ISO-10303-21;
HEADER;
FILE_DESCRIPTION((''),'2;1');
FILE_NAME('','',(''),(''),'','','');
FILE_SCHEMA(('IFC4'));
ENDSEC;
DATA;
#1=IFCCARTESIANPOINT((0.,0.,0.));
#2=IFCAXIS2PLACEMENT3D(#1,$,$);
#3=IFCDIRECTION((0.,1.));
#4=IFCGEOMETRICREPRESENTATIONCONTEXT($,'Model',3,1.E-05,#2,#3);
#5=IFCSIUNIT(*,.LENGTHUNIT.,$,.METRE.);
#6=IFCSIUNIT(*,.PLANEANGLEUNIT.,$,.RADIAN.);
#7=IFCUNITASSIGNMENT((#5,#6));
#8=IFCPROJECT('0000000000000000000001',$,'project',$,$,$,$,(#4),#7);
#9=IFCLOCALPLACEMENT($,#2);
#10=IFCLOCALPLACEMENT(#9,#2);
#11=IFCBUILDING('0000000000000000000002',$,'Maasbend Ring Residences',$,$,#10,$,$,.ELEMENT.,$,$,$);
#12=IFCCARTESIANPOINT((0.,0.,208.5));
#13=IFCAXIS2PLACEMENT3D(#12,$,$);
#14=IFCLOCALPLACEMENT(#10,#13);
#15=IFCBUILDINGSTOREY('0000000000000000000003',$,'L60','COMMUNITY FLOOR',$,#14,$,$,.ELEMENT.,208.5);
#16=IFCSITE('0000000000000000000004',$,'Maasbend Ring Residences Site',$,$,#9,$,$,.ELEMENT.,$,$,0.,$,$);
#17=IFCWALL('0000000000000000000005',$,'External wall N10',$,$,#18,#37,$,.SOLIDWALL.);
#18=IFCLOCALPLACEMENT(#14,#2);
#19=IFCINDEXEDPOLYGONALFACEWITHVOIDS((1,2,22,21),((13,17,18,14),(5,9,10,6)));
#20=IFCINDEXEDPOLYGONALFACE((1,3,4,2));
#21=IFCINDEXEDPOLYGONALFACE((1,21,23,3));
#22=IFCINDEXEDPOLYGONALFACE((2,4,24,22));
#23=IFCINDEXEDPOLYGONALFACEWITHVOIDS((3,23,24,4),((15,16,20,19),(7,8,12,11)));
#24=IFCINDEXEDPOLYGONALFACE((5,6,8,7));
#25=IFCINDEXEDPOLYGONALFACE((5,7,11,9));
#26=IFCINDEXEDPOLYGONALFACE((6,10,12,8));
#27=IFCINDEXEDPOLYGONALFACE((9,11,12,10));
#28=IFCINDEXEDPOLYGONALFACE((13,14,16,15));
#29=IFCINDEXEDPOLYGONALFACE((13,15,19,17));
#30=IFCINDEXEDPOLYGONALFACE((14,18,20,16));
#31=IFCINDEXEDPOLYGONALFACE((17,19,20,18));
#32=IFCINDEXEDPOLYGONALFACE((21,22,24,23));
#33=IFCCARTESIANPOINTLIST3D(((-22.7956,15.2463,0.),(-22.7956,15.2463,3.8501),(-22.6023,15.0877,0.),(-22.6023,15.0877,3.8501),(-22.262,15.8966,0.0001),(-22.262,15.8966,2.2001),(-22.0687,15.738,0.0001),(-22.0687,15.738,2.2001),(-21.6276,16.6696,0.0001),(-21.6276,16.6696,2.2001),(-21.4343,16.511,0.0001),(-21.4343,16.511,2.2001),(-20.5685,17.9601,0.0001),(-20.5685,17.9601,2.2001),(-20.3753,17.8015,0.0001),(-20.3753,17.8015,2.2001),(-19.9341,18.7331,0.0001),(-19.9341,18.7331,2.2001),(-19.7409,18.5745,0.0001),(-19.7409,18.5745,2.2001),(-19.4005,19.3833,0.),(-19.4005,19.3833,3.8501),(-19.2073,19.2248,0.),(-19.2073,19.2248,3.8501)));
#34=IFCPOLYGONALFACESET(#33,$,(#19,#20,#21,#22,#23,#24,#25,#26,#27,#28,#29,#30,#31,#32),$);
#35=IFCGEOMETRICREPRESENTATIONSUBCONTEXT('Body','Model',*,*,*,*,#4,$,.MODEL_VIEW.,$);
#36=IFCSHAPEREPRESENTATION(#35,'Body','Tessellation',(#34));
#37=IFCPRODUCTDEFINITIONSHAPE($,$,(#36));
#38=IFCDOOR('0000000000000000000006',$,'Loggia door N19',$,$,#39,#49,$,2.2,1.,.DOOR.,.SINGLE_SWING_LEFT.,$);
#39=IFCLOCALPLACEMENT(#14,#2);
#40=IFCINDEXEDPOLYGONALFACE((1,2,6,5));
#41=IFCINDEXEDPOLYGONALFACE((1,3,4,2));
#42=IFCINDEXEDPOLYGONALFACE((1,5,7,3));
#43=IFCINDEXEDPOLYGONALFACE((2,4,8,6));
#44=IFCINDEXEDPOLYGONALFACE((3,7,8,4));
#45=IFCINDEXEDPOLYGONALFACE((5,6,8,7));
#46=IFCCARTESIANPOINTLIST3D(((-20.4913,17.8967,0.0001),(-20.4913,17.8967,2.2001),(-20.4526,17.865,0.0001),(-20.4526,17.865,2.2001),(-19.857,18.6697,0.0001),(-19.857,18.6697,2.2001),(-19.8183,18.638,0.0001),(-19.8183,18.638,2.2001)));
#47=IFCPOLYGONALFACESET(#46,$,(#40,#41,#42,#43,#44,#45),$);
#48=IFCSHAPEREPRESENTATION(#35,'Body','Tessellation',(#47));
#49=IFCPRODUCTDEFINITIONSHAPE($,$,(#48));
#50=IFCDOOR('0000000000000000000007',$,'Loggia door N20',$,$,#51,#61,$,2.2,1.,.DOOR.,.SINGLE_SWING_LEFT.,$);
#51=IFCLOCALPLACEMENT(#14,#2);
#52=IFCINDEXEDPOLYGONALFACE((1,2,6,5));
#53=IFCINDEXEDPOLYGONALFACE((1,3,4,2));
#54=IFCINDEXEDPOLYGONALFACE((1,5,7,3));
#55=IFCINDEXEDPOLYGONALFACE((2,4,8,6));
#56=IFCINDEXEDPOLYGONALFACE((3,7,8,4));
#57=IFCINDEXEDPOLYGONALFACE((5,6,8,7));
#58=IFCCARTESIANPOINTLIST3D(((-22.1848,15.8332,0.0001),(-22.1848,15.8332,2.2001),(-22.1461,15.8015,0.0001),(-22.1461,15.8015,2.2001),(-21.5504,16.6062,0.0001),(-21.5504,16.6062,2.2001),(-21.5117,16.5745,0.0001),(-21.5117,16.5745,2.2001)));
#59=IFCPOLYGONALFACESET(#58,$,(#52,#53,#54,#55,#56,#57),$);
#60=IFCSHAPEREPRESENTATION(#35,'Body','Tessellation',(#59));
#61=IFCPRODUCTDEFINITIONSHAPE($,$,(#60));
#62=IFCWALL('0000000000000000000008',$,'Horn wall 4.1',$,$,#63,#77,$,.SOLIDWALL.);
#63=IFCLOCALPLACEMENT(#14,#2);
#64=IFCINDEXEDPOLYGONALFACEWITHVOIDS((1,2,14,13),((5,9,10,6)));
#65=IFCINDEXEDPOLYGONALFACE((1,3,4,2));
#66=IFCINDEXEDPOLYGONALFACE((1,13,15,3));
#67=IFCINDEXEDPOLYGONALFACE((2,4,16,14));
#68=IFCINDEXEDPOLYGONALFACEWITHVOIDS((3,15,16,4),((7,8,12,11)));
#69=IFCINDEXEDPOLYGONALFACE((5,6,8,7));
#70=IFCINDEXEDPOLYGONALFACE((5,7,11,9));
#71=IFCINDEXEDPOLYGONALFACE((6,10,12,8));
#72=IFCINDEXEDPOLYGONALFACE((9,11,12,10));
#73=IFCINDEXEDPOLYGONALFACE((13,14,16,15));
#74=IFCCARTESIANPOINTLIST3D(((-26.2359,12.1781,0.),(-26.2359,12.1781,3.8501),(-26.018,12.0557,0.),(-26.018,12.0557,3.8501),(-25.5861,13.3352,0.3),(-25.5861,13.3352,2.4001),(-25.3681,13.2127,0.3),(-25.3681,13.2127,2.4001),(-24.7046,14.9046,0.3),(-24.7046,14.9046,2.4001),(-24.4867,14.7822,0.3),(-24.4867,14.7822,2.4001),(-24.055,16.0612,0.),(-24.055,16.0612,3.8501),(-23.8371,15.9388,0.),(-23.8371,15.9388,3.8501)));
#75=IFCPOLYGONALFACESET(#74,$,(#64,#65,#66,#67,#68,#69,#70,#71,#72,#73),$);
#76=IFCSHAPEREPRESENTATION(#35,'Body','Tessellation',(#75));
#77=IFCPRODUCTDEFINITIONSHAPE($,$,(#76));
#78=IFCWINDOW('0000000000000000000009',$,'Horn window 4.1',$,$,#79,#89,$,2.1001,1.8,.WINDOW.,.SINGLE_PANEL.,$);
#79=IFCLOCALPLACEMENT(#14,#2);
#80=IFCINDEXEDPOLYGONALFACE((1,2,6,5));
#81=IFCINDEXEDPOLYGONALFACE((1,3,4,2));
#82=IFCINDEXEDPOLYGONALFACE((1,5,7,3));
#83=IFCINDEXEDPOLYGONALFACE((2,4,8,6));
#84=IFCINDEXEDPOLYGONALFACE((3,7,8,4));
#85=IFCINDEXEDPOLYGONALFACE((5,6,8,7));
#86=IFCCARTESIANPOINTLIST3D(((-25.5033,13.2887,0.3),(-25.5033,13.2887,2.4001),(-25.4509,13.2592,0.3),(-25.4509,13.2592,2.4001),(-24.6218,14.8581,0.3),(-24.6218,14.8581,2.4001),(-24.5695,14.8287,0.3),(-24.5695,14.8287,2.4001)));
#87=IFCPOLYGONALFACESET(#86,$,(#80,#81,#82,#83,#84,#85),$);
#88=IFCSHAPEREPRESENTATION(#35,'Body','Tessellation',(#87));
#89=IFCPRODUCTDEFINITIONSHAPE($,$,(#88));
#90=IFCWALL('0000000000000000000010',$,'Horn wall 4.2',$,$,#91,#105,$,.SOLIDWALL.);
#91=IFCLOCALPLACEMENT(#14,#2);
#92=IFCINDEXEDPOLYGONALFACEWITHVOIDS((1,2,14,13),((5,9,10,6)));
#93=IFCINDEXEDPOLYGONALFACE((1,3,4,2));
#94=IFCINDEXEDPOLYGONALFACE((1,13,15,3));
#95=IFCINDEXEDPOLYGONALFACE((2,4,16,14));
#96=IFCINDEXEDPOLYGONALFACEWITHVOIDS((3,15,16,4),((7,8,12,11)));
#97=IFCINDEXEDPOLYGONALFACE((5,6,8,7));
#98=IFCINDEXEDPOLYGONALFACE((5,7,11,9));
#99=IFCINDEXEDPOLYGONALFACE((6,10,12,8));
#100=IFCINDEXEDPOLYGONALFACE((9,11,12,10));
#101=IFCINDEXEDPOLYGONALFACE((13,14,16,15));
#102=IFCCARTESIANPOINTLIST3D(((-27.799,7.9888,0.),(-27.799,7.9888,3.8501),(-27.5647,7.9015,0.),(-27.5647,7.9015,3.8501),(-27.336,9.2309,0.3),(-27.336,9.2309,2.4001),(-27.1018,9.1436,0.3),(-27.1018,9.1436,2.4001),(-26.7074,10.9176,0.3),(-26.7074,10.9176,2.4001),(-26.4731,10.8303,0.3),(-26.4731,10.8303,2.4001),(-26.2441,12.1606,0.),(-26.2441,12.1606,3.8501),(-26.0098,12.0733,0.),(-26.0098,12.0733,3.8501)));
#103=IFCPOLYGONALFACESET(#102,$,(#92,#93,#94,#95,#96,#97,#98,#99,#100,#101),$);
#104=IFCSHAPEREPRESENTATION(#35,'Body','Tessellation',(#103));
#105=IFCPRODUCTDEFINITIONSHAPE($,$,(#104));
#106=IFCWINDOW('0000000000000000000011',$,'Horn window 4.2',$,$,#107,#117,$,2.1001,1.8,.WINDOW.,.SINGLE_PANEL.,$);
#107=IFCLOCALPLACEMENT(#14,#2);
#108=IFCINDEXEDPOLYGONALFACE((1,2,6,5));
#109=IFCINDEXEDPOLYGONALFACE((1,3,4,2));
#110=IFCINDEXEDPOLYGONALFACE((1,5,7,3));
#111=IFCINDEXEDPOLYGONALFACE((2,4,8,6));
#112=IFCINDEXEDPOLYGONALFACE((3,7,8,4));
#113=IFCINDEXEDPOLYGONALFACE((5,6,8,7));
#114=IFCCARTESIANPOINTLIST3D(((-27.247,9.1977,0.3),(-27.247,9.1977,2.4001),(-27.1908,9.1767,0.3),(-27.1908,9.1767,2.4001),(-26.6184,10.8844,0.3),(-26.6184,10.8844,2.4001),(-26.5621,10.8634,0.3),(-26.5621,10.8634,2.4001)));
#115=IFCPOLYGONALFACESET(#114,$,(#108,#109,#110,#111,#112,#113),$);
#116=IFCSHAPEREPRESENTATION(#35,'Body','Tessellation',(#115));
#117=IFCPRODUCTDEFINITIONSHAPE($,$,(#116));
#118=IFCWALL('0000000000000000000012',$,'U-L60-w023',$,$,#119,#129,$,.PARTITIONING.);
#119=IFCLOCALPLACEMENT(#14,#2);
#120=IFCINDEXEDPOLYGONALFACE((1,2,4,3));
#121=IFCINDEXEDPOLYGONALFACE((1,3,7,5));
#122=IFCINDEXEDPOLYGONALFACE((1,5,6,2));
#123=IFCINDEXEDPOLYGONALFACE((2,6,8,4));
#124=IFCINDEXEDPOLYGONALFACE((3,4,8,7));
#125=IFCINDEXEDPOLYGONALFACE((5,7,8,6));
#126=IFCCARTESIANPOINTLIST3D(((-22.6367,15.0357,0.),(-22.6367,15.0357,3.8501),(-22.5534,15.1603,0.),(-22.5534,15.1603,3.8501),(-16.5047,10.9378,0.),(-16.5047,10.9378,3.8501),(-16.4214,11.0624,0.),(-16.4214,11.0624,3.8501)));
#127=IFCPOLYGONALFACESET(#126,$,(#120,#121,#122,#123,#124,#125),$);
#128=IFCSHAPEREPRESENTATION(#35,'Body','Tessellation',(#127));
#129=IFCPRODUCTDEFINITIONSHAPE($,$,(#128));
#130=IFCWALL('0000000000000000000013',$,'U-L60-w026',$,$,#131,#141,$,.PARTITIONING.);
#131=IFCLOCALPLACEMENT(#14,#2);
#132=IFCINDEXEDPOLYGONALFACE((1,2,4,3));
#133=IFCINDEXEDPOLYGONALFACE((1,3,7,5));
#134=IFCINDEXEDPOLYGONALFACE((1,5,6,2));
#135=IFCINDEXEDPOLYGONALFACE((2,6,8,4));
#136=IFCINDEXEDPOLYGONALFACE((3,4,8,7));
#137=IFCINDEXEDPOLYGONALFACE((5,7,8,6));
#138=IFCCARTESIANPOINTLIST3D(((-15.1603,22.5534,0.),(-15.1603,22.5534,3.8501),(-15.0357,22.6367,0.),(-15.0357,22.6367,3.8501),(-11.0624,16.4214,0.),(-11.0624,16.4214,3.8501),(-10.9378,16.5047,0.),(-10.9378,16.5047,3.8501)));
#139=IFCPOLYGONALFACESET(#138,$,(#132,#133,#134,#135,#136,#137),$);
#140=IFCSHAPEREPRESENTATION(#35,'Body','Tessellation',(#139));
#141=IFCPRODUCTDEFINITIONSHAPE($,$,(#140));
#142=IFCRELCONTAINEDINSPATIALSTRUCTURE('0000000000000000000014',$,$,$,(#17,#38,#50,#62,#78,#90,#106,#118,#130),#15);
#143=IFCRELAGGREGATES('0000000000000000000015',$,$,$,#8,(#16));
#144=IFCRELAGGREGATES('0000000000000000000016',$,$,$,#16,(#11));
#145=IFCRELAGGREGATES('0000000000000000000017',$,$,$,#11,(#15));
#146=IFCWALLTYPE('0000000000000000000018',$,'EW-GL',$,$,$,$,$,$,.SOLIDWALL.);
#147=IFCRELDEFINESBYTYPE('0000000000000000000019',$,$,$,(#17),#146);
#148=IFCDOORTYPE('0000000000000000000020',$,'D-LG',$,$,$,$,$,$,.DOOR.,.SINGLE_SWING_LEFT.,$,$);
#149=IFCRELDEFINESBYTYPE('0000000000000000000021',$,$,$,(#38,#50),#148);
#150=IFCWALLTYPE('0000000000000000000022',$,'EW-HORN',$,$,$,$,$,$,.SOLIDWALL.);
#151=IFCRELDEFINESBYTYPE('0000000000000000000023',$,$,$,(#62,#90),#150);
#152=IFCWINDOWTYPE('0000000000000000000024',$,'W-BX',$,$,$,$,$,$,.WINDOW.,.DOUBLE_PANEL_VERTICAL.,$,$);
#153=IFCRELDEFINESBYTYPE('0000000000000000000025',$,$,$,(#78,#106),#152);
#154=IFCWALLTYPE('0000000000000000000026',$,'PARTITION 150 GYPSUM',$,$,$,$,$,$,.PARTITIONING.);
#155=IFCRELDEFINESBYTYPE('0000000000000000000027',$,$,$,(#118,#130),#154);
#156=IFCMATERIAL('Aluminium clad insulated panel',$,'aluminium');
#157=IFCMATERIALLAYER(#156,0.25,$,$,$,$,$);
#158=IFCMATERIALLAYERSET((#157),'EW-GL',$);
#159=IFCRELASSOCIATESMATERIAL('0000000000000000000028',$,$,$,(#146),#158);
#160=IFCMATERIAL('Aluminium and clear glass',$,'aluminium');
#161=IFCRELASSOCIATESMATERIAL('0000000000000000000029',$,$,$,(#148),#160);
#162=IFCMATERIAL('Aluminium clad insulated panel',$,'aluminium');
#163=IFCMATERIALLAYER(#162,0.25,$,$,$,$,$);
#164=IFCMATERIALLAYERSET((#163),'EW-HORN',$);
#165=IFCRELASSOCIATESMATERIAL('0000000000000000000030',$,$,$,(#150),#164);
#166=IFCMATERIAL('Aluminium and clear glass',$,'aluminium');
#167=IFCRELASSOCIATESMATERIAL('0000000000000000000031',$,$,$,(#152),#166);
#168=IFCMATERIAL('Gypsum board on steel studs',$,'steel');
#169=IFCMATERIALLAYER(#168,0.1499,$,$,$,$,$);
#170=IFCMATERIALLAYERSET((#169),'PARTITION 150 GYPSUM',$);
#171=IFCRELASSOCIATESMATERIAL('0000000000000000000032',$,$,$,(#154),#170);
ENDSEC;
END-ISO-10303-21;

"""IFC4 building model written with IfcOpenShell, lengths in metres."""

from ifc_helpers import new_model, si_unit, direction, frame, frame_2d, origin, place, context, subcontext, project, spatial, rectangle, extrude, material, layer, layer_set, type_object, element, fill, save


model = new_model("IFC4")

# Units and contexts
model_context = context("Model", 3, precision=1e-05, world=origin(), true_north=direction((0.0, 1.0)))
body_context = subcontext(model_context, "Body", "Model", "MODEL_VIEW")
ifc_project = project(units=[si_unit("LENGTHUNIT", "METRE"), si_unit("PLANEANGLEUNIT", "RADIAN")], contexts=[model_context])

# Site, building, storey
site_placement = place(None, origin())
site = spatial("IfcSite", under=ifc_project, at=site_placement, Name="Maasbend Ring Residences Site", CompositionType="ELEMENT", RefElevation=0.0)
building_placement = place(site_placement, origin())
building = spatial("IfcBuilding", under=site, at=building_placement, Name="Maasbend Ring Residences", CompositionType="ELEMENT")
storey_placement = place(building_placement, frame((0.0, 0.0, 208.5)))
storey = spatial("IfcBuildingStorey", under=building, at=storey_placement, Name="L60", Description="COMMUNITY FLOOR", CompositionType="ELEMENT", Elevation=208.5)

# Wall, openings, doors
ifc_material_1 = material(Name="Aluminium clad insulated panel", Category="aluminium")
ifc_layer_1 = layer(ifc_material_1, 0.25)
ifc_layer_set_1 = layer_set([ifc_layer_1], Name="EW-GL")
wall_type_1 = type_object("IfcWallType", Name="EW-GL", PredefinedType="SOLIDWALL", material=ifc_layer_set_1)
ifc_material_2 = material(Name="Aluminium and clear glass", Category="aluminium")
door_type_1 = type_object("IfcDoorType", Name="D-LG", OperationType="SINGLE_SWING_LEFT", PredefinedType="DOOR", material=ifc_material_2)
wall_1_placement = place(storey_placement, frame((-19.304, 19.304, 0.0), z_axis=(0.0, 0.0, 1.0), x_axis=(-0.634382, -0.773019, 0.0)))
wall_1 = element("IfcWall", 1, at=wall_1_placement, inside=storey, type_object=wall_type_1, Name="External wall N10", PredefinedType="SOLIDWALL", context=body_context, shape_type="SweptSolid", body=[
    extrude(rectangle(XDim=5.3518, YDim=0.25, at=frame_2d((2.6758, 0.0))), origin(), (0.0, 0.0, 1.0), 3.8501),
])
opening_1_placement = place(wall_1_placement, frame((0.8411, 0.0, 0.0)))
opening_1 = element("IfcOpeningElement", 2, at=opening_1_placement, cuts=wall_1, PredefinedType="OPENING", context=body_context, shape_type="SweptSolid", body=[
    extrude(rectangle(XDim=1.0, YDim=2.2, at=frame_2d((0.5, 1.1001))), frame((0.0, 0.135, 0.0), z_axis=(0.0, -1.0, 0.0), x_axis=(1.0, 0.0, 0.0)), (0.0, 0.0, 1.0), 0.27),
])
opening_2_placement = place(wall_1_placement, frame((3.5105, 0.0, 0.0)))
opening_2 = element("IfcOpeningElement", 3, at=opening_2_placement, cuts=wall_1, PredefinedType="OPENING", context=body_context, shape_type="SweptSolid", body=[
    extrude(rectangle(XDim=1.0, YDim=2.2, at=frame_2d((0.5, 1.1001))), frame((0.0, 0.135, 0.0), z_axis=(0.0, -1.0, 0.0), x_axis=(1.0, 0.0, 0.0)), (0.0, 0.0, 1.0), 0.27),
])
door_1_placement = place(opening_1_placement, origin())
door_1 = element("IfcDoor", 4, at=door_1_placement, inside=storey, type_object=door_type_1, Name="Loggia door N19", OperationType="SINGLE_SWING_LEFT", OverallHeight=2.2, OverallWidth=1.0, PredefinedType="DOOR", context=body_context, shape_type="SweptSolid", body=[
    extrude(rectangle(XDim=1.0, YDim=2.2, at=frame_2d((0.5, 1.1001))), frame((0.0, 0.0249, 0.0), z_axis=(0.0, -1.0, 0.0), x_axis=(1.0, 0.0, 0.0)), (0.0, 0.0, 1.0), 0.05),
])
fill(opening_1, door_1)
door_2_placement = place(opening_2_placement, origin())
door_2 = element("IfcDoor", 5, at=door_2_placement, inside=storey, type_object=door_type_1, Name="Loggia door N20", OperationType="SINGLE_SWING_LEFT", OverallHeight=2.2, OverallWidth=1.0, PredefinedType="DOOR", context=body_context, shape_type="SweptSolid", body=[
    extrude(rectangle(XDim=1.0, YDim=2.2, at=frame_2d((0.5, 1.1001))), frame((0.0, 0.0249, 0.0), z_axis=(0.0, -1.0, 0.0), x_axis=(1.0, 0.0, 0.0)), (0.0, 0.0, 1.0), 0.05),
])
fill(opening_2, door_2)

# Walls, openings, windows
ifc_material_3 = material(Name="Aluminium clad insulated panel", Category="aluminium")
ifc_layer_2 = layer(ifc_material_3, 0.25)
ifc_layer_set_2 = layer_set([ifc_layer_2], Name="EW-HORN")
wall_type_2 = type_object("IfcWallType", Name="EW-HORN", PredefinedType="SOLIDWALL", material=ifc_layer_set_2)
wall_2_placement = place(storey_placement, frame((-23.946, 16.0, 0.0), z_axis=(0.0, 0.0, 1.0), x_axis=(-0.489696, -0.871893, 0.0)))
wall_2 = element("IfcWall", 6, at=wall_2_placement, inside=storey, type_object=wall_type_2, Name="Horn wall 4.1", PredefinedType="SOLIDWALL", context=body_context, shape_type="SweptSolid", body=[
    extrude(rectangle(XDim=4.4536, YDim=0.25, at=frame_2d((2.2268, 0.0))), origin(), (0.0, 0.0, 1.0), 3.8501),
])
opening_3_placement = place(wall_2_placement, frame((1.3267, 0.0, 0.3)))
opening_3 = element("IfcOpeningElement", 7, at=opening_3_placement, cuts=wall_2, PredefinedType="OPENING", context=body_context, shape_type="SweptSolid", body=[
    extrude(rectangle(XDim=1.8, YDim=2.1001, at=frame_2d((0.8999, 1.05))), frame((0.0, 0.135, 0.0), z_axis=(0.0, -1.0, 0.0), x_axis=(1.0, 0.0, 0.0)), (0.0, 0.0, 1.0), 0.27),
])
ifc_material_4 = material(Name="Aluminium and clear glass", Category="aluminium")
window_type = type_object("IfcWindowType", Name="W-BX", PartitioningType="DOUBLE_PANEL_VERTICAL", PredefinedType="WINDOW", material=ifc_material_4)
window_1_placement = place(opening_3_placement, origin())
window_1 = element("IfcWindow", 8, at=window_1_placement, inside=storey, type_object=window_type, Name="Horn window 4.1", OverallHeight=2.1001, OverallWidth=1.8, PartitioningType="SINGLE_PANEL", PredefinedType="WINDOW", context=body_context, shape_type="SweptSolid", body=[
    extrude(rectangle(XDim=1.8, YDim=2.1001, at=frame_2d((0.8999, 1.05))), frame((0.0, 0.03, 0.0), z_axis=(0.0, -1.0, 0.0), x_axis=(1.0, 0.0, 0.0)), (0.0, 0.0, 1.0), 0.0601),
])
fill(opening_3, window_1)
wall_3_placement = place(storey_placement, frame((-26.127, 12.1169, 0.0), z_axis=(0.0, 0.0, 1.0), x_axis=(-0.349248, -0.93703, 0.0)))
wall_3 = element("IfcWall", 9, at=wall_3_placement, inside=storey, type_object=wall_type_2, Name="Horn wall 4.2", PredefinedType="SOLIDWALL", context=body_context, shape_type="SweptSolid", body=[
    extrude(rectangle(XDim=4.4521, YDim=0.25, at=frame_2d((2.2261, 0.0))), origin(), (0.0, 0.0, 1.0), 3.8501),
])
opening_4_placement = place(wall_3_placement, frame((1.3267, 0.0, 0.3)))
opening_4 = element("IfcOpeningElement", 10, at=opening_4_placement, cuts=wall_3, PredefinedType="OPENING", context=body_context, shape_type="SweptSolid", body=[
    extrude(rectangle(XDim=1.8, YDim=2.1001, at=frame_2d((0.8999, 1.05))), frame((0.0, 0.135, 0.0), z_axis=(0.0, -1.0, 0.0), x_axis=(1.0, 0.0, 0.0)), (0.0, 0.0, 1.0), 0.27),
])
window_2_placement = place(opening_4_placement, origin())
window_2 = element("IfcWindow", 11, at=window_2_placement, inside=storey, type_object=window_type, Name="Horn window 4.2", OverallHeight=2.1001, OverallWidth=1.8, PartitioningType="SINGLE_PANEL", PredefinedType="WINDOW", context=body_context, shape_type="SweptSolid", body=[
    extrude(rectangle(XDim=1.8, YDim=2.1001, at=frame_2d((0.8999, 1.05))), frame((0.0, 0.03, 0.0), z_axis=(0.0, -1.0, 0.0), x_axis=(1.0, 0.0, 0.0)), (0.0, 0.0, 1.0), 0.0601),
])
fill(opening_4, window_2)

# Walls
ifc_material_5 = material(Name="Gypsum board on steel studs", Category="steel")
ifc_layer_3 = layer(ifc_material_5, 0.1499)
ifc_layer_set_3 = layer_set([ifc_layer_3], Name="PARTITION 150 GYPSUM")
wall_type_3 = type_object("IfcWallType", Name="PARTITION 150 GYPSUM", PredefinedType="PARTITIONING", material=ifc_layer_set_3)
for number, where, z_axis, x_axis, name in (
    (12, (-22.595, 15.0979, 0.0), (0.0, 0.0, 1.0), (0.831434, -0.555624, 0.0), "U-L60-w023"),
    (13, (-15.0979, 22.595, 0.0), (0.0, 0.0, 1.0), (0.555624, -0.831434, 0.0), "U-L60-w026"),
):
    element("IfcWall", number, at=place(storey_placement, frame(where, z_axis=z_axis, x_axis=x_axis)), inside=storey, type_object=wall_type_3, Name=name, PredefinedType="PARTITIONING", context=body_context, shape_type="SweptSolid", body=[
        extrude(rectangle(XDim=7.3752, YDim=0.1499, at=frame_2d((3.6875, 0.0))), origin(), (0.0, 0.0, 1.0), 3.8501),
    ])

save(model, "model.ifc")
